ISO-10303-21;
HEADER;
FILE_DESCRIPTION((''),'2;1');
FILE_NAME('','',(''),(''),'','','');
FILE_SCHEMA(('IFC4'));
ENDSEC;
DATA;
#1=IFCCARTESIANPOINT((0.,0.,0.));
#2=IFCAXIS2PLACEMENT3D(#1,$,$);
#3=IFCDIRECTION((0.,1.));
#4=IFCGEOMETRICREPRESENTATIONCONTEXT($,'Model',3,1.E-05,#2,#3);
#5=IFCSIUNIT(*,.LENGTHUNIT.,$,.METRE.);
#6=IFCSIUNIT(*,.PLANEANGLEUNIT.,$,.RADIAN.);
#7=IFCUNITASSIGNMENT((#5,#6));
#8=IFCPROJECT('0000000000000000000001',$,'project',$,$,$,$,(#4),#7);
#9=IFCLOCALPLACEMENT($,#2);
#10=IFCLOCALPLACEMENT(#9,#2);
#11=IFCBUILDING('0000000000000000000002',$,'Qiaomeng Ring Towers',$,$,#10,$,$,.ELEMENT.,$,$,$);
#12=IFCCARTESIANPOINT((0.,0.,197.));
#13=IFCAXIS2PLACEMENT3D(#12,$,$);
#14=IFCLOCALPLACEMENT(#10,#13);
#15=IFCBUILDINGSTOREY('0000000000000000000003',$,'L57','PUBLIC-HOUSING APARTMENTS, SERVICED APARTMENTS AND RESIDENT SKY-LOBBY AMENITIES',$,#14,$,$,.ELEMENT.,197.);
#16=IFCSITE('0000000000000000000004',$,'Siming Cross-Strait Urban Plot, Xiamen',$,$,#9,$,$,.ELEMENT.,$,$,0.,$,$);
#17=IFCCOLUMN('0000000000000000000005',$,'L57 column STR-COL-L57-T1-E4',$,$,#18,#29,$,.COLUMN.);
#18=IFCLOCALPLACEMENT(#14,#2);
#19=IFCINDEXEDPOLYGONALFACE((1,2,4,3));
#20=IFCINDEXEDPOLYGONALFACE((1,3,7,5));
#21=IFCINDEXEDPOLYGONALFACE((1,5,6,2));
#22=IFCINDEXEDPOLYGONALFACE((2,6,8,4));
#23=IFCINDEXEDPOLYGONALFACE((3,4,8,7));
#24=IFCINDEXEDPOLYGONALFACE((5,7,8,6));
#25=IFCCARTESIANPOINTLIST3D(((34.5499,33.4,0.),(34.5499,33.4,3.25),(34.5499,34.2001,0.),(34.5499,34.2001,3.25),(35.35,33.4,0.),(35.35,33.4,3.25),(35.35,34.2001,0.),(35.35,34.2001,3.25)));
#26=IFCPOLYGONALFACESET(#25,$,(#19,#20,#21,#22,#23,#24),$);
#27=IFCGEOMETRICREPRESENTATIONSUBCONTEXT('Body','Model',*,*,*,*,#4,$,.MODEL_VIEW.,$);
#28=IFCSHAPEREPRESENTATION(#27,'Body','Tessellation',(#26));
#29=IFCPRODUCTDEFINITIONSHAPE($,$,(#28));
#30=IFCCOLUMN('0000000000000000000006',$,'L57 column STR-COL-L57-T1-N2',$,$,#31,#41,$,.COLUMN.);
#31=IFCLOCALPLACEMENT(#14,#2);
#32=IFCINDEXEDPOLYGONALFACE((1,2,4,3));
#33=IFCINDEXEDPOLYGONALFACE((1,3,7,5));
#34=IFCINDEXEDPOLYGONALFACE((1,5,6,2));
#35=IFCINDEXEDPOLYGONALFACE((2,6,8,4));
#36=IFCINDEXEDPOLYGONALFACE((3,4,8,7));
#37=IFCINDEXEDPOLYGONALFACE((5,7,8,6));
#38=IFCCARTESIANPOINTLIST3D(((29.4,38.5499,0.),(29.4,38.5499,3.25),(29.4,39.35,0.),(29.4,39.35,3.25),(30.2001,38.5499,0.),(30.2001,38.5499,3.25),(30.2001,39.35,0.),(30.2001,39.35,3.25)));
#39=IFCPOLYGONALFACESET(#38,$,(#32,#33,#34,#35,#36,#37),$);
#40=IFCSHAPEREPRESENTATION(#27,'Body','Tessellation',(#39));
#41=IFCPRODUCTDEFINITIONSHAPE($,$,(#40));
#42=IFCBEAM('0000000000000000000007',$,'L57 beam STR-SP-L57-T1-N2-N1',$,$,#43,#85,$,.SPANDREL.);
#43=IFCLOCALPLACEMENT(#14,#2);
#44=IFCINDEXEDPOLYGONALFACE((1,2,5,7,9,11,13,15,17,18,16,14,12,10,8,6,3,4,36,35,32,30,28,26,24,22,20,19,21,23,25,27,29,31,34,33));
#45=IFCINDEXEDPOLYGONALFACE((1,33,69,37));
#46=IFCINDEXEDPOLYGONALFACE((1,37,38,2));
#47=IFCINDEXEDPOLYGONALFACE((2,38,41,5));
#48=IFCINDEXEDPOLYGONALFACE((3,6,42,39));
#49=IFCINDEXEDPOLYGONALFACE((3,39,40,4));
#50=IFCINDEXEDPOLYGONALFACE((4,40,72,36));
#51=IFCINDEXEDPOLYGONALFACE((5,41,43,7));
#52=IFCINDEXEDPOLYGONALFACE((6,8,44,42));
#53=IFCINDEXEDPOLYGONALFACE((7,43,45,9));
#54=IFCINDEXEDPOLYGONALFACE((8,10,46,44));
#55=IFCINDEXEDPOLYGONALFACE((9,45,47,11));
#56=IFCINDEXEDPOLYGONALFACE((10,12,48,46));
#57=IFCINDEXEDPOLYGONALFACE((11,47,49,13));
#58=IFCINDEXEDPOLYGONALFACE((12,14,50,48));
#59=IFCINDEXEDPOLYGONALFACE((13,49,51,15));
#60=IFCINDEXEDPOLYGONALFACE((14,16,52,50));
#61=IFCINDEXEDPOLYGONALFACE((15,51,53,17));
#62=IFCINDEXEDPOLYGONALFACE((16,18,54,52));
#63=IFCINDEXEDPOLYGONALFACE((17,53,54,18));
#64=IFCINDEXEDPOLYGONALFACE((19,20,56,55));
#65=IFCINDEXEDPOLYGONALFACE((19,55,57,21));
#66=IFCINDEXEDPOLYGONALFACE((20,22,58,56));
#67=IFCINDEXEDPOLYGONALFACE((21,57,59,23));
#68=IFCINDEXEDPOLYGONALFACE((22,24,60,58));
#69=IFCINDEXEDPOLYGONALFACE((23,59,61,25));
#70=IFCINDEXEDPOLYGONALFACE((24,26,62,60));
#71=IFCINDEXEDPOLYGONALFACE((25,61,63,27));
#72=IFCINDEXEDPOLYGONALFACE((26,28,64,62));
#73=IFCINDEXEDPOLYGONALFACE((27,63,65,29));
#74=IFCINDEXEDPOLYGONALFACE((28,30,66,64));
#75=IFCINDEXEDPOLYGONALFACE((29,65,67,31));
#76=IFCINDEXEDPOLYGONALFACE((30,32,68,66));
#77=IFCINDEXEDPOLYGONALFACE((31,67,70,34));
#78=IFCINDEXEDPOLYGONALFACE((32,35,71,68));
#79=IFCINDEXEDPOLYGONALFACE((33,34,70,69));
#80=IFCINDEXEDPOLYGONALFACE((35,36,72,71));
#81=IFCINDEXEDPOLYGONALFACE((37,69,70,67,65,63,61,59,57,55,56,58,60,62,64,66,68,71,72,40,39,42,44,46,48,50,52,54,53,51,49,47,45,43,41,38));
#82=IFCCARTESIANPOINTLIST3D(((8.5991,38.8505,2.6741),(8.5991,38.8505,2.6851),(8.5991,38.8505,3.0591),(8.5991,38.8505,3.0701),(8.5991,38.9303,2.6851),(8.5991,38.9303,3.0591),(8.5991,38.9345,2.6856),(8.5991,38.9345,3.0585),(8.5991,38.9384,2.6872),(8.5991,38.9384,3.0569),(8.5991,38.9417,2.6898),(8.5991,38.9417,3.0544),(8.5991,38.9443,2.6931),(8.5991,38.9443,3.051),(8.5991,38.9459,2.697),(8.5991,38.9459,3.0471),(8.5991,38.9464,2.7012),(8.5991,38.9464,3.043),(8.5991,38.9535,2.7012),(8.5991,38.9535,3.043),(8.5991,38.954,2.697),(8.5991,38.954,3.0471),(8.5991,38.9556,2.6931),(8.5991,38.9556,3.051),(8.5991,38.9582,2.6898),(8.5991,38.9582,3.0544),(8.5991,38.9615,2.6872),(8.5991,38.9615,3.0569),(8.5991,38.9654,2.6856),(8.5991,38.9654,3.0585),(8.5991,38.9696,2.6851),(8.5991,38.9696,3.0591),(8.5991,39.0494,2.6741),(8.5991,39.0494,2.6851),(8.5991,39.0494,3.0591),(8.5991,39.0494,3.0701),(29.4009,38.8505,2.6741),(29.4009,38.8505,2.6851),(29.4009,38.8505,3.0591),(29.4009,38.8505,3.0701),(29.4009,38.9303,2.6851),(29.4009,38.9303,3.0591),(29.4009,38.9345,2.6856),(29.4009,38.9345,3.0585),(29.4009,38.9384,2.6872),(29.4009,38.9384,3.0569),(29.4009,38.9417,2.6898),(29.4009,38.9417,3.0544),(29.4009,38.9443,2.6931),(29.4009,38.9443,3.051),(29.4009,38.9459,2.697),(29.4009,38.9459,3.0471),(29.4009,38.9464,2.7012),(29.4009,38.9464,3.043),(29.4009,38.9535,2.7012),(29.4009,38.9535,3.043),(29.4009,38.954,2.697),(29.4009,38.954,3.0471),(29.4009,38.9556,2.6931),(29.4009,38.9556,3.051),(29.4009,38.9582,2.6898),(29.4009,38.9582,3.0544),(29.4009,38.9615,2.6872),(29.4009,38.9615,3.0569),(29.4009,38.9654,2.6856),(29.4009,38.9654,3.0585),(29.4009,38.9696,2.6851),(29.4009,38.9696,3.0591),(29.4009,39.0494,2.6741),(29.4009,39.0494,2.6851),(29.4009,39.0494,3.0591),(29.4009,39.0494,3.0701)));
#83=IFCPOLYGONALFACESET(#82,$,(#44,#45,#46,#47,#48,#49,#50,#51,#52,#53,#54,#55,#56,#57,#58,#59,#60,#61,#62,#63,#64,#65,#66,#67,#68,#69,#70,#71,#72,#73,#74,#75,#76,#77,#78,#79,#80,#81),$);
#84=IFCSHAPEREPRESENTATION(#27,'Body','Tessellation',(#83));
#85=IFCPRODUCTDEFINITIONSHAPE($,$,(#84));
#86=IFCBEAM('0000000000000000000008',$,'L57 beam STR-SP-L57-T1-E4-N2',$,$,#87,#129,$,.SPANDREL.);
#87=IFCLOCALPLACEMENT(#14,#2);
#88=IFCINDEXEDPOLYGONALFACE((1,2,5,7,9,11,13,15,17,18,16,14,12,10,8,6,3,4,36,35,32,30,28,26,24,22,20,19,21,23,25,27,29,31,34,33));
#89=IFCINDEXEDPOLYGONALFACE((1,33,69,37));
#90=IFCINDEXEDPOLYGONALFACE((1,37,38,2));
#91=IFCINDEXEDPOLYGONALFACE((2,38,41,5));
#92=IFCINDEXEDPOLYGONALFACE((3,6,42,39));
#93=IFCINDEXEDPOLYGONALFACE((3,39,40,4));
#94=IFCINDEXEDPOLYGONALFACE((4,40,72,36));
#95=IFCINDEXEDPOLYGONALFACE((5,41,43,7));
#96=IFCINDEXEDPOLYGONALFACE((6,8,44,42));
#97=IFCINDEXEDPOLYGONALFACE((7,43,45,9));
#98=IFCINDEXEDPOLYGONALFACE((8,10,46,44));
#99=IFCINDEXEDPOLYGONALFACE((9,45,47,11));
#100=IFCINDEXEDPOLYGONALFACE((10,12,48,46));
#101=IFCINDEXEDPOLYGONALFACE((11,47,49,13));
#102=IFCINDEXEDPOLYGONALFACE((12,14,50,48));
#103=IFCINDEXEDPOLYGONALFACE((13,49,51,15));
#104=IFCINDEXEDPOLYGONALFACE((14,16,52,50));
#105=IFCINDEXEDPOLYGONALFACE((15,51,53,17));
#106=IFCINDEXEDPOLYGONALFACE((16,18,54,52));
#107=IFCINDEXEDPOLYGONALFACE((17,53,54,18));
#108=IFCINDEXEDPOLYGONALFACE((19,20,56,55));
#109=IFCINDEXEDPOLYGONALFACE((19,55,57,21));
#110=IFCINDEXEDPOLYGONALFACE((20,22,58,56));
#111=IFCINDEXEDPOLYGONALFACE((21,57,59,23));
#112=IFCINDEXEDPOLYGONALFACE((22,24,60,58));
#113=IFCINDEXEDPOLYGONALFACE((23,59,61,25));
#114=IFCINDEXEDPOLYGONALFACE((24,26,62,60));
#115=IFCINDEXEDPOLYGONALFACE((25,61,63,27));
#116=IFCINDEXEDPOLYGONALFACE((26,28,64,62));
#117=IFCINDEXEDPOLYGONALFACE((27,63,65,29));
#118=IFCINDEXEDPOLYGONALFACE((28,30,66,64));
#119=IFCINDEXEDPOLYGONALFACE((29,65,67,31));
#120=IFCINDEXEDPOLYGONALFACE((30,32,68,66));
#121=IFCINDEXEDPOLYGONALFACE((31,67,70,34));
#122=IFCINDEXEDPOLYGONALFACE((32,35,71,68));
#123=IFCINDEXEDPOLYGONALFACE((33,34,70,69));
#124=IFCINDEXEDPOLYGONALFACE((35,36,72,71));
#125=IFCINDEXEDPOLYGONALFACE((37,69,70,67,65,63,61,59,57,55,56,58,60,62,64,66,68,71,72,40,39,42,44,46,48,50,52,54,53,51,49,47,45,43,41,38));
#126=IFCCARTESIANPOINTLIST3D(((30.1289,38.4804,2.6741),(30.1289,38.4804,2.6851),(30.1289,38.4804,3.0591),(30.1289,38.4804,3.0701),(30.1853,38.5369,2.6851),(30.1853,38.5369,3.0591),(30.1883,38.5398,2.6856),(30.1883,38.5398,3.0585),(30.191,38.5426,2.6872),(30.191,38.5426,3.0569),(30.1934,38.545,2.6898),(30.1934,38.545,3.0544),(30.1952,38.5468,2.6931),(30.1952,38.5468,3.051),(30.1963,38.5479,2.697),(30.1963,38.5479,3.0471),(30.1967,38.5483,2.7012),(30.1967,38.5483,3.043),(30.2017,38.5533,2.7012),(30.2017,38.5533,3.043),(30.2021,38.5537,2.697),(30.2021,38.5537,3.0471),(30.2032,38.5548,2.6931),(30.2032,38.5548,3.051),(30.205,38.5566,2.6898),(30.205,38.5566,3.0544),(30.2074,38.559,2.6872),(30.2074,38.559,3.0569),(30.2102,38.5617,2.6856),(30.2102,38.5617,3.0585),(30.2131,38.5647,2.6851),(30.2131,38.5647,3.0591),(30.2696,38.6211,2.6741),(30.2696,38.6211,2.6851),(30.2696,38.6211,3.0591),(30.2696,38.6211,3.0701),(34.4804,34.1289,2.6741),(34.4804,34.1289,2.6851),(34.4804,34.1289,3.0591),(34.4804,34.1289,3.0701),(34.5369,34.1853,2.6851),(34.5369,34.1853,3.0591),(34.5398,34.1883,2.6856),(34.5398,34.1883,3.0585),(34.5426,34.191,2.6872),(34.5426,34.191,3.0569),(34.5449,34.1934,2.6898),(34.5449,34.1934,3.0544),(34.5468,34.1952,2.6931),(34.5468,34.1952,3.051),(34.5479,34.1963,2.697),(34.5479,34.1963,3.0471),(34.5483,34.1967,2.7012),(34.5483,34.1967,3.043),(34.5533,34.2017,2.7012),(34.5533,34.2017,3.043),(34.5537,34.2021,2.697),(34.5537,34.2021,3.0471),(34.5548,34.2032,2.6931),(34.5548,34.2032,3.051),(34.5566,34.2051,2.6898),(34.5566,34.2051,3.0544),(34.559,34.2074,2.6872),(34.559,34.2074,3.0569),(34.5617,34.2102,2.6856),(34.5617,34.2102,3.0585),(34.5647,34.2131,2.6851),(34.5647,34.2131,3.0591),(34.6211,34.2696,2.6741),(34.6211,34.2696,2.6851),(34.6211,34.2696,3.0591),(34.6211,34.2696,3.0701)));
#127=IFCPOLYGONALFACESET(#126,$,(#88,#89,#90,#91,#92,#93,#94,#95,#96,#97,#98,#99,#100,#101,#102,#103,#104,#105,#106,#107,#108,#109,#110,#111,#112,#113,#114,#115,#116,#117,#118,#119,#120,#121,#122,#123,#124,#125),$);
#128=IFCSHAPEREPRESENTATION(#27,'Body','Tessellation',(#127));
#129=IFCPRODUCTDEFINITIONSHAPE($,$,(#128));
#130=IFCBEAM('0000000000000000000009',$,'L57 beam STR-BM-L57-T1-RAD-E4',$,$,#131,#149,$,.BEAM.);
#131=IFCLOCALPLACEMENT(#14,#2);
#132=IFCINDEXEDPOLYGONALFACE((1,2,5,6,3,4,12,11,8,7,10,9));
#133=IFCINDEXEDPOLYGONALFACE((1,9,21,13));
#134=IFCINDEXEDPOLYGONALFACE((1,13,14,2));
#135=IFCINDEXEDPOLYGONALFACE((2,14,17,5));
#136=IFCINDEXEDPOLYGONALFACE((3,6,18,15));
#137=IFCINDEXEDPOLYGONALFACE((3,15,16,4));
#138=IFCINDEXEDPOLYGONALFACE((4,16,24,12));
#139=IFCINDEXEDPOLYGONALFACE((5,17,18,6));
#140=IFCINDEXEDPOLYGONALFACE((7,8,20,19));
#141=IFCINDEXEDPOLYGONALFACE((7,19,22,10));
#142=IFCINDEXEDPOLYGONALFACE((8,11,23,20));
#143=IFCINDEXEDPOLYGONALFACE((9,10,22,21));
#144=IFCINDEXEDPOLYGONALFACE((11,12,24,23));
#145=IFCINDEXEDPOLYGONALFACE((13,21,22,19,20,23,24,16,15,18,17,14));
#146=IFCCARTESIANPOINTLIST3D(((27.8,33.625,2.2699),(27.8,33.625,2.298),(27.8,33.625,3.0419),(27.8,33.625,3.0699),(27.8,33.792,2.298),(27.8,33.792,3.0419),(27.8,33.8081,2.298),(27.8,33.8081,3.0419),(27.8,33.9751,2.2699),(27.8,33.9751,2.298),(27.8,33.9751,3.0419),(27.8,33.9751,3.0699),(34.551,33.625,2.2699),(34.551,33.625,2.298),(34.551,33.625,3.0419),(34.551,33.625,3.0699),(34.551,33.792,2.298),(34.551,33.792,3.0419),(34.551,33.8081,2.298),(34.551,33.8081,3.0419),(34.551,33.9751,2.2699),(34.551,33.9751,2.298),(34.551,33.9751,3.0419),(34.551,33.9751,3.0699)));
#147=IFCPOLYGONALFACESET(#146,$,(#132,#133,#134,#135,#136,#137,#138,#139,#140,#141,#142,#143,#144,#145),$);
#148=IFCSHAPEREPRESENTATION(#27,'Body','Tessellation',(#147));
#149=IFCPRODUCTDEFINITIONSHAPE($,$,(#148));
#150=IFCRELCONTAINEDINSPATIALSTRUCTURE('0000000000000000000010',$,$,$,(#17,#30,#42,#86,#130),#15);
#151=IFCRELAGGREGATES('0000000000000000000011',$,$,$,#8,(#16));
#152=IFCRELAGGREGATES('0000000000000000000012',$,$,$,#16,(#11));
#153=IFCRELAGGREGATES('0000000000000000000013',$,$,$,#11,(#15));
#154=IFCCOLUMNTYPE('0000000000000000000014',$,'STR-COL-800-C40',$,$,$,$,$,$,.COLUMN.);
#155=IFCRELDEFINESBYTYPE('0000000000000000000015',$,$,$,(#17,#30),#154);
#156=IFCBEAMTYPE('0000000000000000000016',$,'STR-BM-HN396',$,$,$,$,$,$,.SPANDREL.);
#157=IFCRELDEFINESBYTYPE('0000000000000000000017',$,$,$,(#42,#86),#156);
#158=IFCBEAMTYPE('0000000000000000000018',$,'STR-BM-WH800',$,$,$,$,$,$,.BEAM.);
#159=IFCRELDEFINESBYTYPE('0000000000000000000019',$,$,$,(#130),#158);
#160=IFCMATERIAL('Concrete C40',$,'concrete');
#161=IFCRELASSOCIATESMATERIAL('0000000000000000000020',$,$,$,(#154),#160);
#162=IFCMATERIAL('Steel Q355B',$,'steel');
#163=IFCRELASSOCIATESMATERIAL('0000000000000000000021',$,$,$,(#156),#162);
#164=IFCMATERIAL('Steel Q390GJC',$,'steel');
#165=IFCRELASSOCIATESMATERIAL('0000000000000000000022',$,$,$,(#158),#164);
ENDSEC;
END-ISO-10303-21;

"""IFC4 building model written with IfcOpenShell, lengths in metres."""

from ifc_helpers import new_model, si_unit, direction, frame, origin, origin_2d, place, context, subcontext, project, spatial, rectangle, i_section, extrude, source, transform, mapped, material, material_profile, profile_set, type_object, element, save


model = new_model("IFC4")

# Units and contexts
model_context = context("Model", 3, precision=1e-05, world=origin(), true_north=direction((0.0, 1.0)))
body_context = subcontext(model_context, "Body", "Model", "MODEL_VIEW")
ifc_project = project(units=[si_unit("LENGTHUNIT", "METRE"), si_unit("PLANEANGLEUNIT", "RADIAN")], contexts=[model_context])

# Site, building, storey
site_placement = place(None, origin())
site = spatial("IfcSite", under=ifc_project, at=site_placement, Name="Siming Cross-Strait Urban Plot, Xiamen", CompositionType="ELEMENT", RefElevation=0.0)
building_placement = place(site_placement, origin())
building = spatial("IfcBuilding", under=site, at=building_placement, Name="Qiaomeng Ring Towers", CompositionType="ELEMENT")
storey_placement = place(building_placement, frame((0.0, 0.0, 197.0)))
storey = spatial("IfcBuildingStorey", under=building, at=storey_placement, Name="L57", Description="PUBLIC-HOUSING APARTMENTS, SERVICED APARTMENTS AND RESIDENT SKY-LOBBY AMENITIES", CompositionType="ELEMENT", Elevation=197.0)

# Columns
ifc_material_1 = material(Name="Concrete C40", Category="concrete")
ifc_material_profile_1 = material_profile(ifc_material_1, rectangle(XDim=0.8, YDim=0.8, at=origin_2d()), Name="RC COL 800x800")
ifc_profile_set_1 = profile_set([ifc_material_profile_1], Name="Concrete C40")
column_type = type_object("IfcColumnType", Name="STR-COL-800-C40", PredefinedType="COLUMN", material=ifc_profile_set_1)
shared_shape_1 = source(origin(), body_context, "Body", "SweptSolid", [
    extrude(rectangle(XDim=0.8, YDim=0.8, at=origin_2d()), origin(), (0.0, 0.0, 1.0), 3.25),
])
for number, where, z_axis, x_axis, name in (
    (1, (34.95, 33.8, 0.0), (0.0, 0.0, 1.0), (1.0, 0.0, 0.0), "L57 column STR-COL-L57-T1-E4"),
    (2, (29.8, 38.95, 0.0), (0.0, 0.0, 1.0), (1.0, 0.0, 0.0), "L57 column STR-COL-L57-T1-N2"),
):
    element("IfcColumn", number, at=place(storey_placement, frame(where, z_axis=z_axis, x_axis=x_axis)), inside=storey, type_object=column_type, Name=name, PredefinedType="COLUMN", context=body_context, shape_type="MappedRepresentation", body=[
        mapped(shared_shape_1, transform((0.0, 0.0, 0.0), x_axis=(1.0, 0.0, 0.0), y_axis=(0.0, 1.0, 0.0), z_axis=(0.0, 0.0, 1.0), scale=1.0)),
    ])

# Beams
ifc_material_2 = material(Name="Steel Q355B", Category="steel")
ifc_material_profile_2 = material_profile(ifc_material_2, i_section(OverallWidth=0.199, OverallDepth=0.396, WebThickness=0.0071, FlangeThickness=0.011, FilletRadius=0.0161, at=origin_2d()), Name="HN 396x199x7x11")
ifc_profile_set_2 = profile_set([ifc_material_profile_2], Name="Steel Q355B")
beam_type_1 = type_object("IfcBeamType", Name="STR-BM-HN396", PredefinedType="SPANDREL", material=ifc_profile_set_2)
shared_shape_2 = source(origin(), body_context, "Body", "SweptSolid", [
    extrude(i_section(OverallWidth=0.199, OverallDepth=0.396, WebThickness=0.0071, FlangeThickness=0.011, FilletRadius=0.0161, at=origin_2d()), origin(), (0.0, 0.0, 1.0), 20.8018),
])
beam_1_placement = place(storey_placement, frame((29.4009, 38.95, 2.8721), z_axis=(-1.0, 0.0, 0.0), x_axis=(0.0, -1.0, 0.0)))
element("IfcBeam", 3, at=beam_1_placement, inside=storey, type_object=beam_type_1, Name="L57 beam STR-SP-L57-T1-N2-N1", PredefinedType="SPANDREL", context=body_context, shape_type="MappedRepresentation", body=[
    mapped(shared_shape_2, transform((0.0, 0.0, 0.0), x_axis=(1.0, 0.0, 0.0), y_axis=(0.0, 1.0, 0.0), z_axis=(0.0, 0.0, 1.0), scale=1.0)),
])
shared_shape_3 = source(origin(), body_context, "Body", "SweptSolid", [
    extrude(i_section(OverallWidth=0.199, OverallDepth=0.396, WebThickness=0.0071, FlangeThickness=0.011, FilletRadius=0.0161, at=origin_2d()), origin(), (0.0, 0.0, 1.0), 6.1541),
])
beam_2_placement = place(storey_placement, frame((34.5508, 34.1992, 2.8721), z_axis=(-0.707107, 0.707107, 0.0), x_axis=(-0.707107, -0.707107, 0.0)))
element("IfcBeam", 4, at=beam_2_placement, inside=storey, type_object=beam_type_1, Name="L57 beam STR-SP-L57-T1-E4-N2", PredefinedType="SPANDREL", context=body_context, shape_type="MappedRepresentation", body=[
    mapped(shared_shape_3, transform((0.0, 0.0, 0.0), x_axis=(1.0, 0.0, 0.0), y_axis=(0.0, 1.0, 0.0), z_axis=(0.0, 0.0, 1.0), scale=1.0)),
])
ifc_material_3 = material(Name="Steel Q390GJC", Category="steel")
ifc_material_profile_3 = material_profile(ifc_material_3, i_section(OverallWidth=0.3501, OverallDepth=0.8, WebThickness=0.0161, FlangeThickness=0.0281, at=origin_2d()), Name="WH 800x350x16x28")
ifc_profile_set_3 = profile_set([ifc_material_profile_3], Name="Steel Q390GJC")
beam_type_2 = type_object("IfcBeamType", Name="STR-BM-WH800", PredefinedType="BEAM", material=ifc_profile_set_3)
shared_shape_4 = source(origin(), body_context, "Body", "SweptSolid", [
    extrude(i_section(OverallWidth=0.3501, OverallDepth=0.8, WebThickness=0.0161, FlangeThickness=0.0281, at=origin_2d()), origin(), (0.0, 0.0, 1.0), 6.751),
])
beam_3_placement = place(storey_placement, frame((27.8, 33.8, 2.6699), z_axis=(1.0, 0.0, 0.0), x_axis=(0.0, 1.0, 0.0)))
element("IfcBeam", 5, at=beam_3_placement, inside=storey, type_object=beam_type_2, Name="L57 beam STR-BM-L57-T1-RAD-E4", PredefinedType="BEAM", context=body_context, shape_type="MappedRepresentation", body=[
    mapped(shared_shape_4, transform((0.0, 0.0, 0.0), x_axis=(1.0, 0.0, 0.0), y_axis=(0.0, 1.0, 0.0), z_axis=(0.0, 0.0, 1.0), scale=1.0)),
])

save(model, "model.ifc")
